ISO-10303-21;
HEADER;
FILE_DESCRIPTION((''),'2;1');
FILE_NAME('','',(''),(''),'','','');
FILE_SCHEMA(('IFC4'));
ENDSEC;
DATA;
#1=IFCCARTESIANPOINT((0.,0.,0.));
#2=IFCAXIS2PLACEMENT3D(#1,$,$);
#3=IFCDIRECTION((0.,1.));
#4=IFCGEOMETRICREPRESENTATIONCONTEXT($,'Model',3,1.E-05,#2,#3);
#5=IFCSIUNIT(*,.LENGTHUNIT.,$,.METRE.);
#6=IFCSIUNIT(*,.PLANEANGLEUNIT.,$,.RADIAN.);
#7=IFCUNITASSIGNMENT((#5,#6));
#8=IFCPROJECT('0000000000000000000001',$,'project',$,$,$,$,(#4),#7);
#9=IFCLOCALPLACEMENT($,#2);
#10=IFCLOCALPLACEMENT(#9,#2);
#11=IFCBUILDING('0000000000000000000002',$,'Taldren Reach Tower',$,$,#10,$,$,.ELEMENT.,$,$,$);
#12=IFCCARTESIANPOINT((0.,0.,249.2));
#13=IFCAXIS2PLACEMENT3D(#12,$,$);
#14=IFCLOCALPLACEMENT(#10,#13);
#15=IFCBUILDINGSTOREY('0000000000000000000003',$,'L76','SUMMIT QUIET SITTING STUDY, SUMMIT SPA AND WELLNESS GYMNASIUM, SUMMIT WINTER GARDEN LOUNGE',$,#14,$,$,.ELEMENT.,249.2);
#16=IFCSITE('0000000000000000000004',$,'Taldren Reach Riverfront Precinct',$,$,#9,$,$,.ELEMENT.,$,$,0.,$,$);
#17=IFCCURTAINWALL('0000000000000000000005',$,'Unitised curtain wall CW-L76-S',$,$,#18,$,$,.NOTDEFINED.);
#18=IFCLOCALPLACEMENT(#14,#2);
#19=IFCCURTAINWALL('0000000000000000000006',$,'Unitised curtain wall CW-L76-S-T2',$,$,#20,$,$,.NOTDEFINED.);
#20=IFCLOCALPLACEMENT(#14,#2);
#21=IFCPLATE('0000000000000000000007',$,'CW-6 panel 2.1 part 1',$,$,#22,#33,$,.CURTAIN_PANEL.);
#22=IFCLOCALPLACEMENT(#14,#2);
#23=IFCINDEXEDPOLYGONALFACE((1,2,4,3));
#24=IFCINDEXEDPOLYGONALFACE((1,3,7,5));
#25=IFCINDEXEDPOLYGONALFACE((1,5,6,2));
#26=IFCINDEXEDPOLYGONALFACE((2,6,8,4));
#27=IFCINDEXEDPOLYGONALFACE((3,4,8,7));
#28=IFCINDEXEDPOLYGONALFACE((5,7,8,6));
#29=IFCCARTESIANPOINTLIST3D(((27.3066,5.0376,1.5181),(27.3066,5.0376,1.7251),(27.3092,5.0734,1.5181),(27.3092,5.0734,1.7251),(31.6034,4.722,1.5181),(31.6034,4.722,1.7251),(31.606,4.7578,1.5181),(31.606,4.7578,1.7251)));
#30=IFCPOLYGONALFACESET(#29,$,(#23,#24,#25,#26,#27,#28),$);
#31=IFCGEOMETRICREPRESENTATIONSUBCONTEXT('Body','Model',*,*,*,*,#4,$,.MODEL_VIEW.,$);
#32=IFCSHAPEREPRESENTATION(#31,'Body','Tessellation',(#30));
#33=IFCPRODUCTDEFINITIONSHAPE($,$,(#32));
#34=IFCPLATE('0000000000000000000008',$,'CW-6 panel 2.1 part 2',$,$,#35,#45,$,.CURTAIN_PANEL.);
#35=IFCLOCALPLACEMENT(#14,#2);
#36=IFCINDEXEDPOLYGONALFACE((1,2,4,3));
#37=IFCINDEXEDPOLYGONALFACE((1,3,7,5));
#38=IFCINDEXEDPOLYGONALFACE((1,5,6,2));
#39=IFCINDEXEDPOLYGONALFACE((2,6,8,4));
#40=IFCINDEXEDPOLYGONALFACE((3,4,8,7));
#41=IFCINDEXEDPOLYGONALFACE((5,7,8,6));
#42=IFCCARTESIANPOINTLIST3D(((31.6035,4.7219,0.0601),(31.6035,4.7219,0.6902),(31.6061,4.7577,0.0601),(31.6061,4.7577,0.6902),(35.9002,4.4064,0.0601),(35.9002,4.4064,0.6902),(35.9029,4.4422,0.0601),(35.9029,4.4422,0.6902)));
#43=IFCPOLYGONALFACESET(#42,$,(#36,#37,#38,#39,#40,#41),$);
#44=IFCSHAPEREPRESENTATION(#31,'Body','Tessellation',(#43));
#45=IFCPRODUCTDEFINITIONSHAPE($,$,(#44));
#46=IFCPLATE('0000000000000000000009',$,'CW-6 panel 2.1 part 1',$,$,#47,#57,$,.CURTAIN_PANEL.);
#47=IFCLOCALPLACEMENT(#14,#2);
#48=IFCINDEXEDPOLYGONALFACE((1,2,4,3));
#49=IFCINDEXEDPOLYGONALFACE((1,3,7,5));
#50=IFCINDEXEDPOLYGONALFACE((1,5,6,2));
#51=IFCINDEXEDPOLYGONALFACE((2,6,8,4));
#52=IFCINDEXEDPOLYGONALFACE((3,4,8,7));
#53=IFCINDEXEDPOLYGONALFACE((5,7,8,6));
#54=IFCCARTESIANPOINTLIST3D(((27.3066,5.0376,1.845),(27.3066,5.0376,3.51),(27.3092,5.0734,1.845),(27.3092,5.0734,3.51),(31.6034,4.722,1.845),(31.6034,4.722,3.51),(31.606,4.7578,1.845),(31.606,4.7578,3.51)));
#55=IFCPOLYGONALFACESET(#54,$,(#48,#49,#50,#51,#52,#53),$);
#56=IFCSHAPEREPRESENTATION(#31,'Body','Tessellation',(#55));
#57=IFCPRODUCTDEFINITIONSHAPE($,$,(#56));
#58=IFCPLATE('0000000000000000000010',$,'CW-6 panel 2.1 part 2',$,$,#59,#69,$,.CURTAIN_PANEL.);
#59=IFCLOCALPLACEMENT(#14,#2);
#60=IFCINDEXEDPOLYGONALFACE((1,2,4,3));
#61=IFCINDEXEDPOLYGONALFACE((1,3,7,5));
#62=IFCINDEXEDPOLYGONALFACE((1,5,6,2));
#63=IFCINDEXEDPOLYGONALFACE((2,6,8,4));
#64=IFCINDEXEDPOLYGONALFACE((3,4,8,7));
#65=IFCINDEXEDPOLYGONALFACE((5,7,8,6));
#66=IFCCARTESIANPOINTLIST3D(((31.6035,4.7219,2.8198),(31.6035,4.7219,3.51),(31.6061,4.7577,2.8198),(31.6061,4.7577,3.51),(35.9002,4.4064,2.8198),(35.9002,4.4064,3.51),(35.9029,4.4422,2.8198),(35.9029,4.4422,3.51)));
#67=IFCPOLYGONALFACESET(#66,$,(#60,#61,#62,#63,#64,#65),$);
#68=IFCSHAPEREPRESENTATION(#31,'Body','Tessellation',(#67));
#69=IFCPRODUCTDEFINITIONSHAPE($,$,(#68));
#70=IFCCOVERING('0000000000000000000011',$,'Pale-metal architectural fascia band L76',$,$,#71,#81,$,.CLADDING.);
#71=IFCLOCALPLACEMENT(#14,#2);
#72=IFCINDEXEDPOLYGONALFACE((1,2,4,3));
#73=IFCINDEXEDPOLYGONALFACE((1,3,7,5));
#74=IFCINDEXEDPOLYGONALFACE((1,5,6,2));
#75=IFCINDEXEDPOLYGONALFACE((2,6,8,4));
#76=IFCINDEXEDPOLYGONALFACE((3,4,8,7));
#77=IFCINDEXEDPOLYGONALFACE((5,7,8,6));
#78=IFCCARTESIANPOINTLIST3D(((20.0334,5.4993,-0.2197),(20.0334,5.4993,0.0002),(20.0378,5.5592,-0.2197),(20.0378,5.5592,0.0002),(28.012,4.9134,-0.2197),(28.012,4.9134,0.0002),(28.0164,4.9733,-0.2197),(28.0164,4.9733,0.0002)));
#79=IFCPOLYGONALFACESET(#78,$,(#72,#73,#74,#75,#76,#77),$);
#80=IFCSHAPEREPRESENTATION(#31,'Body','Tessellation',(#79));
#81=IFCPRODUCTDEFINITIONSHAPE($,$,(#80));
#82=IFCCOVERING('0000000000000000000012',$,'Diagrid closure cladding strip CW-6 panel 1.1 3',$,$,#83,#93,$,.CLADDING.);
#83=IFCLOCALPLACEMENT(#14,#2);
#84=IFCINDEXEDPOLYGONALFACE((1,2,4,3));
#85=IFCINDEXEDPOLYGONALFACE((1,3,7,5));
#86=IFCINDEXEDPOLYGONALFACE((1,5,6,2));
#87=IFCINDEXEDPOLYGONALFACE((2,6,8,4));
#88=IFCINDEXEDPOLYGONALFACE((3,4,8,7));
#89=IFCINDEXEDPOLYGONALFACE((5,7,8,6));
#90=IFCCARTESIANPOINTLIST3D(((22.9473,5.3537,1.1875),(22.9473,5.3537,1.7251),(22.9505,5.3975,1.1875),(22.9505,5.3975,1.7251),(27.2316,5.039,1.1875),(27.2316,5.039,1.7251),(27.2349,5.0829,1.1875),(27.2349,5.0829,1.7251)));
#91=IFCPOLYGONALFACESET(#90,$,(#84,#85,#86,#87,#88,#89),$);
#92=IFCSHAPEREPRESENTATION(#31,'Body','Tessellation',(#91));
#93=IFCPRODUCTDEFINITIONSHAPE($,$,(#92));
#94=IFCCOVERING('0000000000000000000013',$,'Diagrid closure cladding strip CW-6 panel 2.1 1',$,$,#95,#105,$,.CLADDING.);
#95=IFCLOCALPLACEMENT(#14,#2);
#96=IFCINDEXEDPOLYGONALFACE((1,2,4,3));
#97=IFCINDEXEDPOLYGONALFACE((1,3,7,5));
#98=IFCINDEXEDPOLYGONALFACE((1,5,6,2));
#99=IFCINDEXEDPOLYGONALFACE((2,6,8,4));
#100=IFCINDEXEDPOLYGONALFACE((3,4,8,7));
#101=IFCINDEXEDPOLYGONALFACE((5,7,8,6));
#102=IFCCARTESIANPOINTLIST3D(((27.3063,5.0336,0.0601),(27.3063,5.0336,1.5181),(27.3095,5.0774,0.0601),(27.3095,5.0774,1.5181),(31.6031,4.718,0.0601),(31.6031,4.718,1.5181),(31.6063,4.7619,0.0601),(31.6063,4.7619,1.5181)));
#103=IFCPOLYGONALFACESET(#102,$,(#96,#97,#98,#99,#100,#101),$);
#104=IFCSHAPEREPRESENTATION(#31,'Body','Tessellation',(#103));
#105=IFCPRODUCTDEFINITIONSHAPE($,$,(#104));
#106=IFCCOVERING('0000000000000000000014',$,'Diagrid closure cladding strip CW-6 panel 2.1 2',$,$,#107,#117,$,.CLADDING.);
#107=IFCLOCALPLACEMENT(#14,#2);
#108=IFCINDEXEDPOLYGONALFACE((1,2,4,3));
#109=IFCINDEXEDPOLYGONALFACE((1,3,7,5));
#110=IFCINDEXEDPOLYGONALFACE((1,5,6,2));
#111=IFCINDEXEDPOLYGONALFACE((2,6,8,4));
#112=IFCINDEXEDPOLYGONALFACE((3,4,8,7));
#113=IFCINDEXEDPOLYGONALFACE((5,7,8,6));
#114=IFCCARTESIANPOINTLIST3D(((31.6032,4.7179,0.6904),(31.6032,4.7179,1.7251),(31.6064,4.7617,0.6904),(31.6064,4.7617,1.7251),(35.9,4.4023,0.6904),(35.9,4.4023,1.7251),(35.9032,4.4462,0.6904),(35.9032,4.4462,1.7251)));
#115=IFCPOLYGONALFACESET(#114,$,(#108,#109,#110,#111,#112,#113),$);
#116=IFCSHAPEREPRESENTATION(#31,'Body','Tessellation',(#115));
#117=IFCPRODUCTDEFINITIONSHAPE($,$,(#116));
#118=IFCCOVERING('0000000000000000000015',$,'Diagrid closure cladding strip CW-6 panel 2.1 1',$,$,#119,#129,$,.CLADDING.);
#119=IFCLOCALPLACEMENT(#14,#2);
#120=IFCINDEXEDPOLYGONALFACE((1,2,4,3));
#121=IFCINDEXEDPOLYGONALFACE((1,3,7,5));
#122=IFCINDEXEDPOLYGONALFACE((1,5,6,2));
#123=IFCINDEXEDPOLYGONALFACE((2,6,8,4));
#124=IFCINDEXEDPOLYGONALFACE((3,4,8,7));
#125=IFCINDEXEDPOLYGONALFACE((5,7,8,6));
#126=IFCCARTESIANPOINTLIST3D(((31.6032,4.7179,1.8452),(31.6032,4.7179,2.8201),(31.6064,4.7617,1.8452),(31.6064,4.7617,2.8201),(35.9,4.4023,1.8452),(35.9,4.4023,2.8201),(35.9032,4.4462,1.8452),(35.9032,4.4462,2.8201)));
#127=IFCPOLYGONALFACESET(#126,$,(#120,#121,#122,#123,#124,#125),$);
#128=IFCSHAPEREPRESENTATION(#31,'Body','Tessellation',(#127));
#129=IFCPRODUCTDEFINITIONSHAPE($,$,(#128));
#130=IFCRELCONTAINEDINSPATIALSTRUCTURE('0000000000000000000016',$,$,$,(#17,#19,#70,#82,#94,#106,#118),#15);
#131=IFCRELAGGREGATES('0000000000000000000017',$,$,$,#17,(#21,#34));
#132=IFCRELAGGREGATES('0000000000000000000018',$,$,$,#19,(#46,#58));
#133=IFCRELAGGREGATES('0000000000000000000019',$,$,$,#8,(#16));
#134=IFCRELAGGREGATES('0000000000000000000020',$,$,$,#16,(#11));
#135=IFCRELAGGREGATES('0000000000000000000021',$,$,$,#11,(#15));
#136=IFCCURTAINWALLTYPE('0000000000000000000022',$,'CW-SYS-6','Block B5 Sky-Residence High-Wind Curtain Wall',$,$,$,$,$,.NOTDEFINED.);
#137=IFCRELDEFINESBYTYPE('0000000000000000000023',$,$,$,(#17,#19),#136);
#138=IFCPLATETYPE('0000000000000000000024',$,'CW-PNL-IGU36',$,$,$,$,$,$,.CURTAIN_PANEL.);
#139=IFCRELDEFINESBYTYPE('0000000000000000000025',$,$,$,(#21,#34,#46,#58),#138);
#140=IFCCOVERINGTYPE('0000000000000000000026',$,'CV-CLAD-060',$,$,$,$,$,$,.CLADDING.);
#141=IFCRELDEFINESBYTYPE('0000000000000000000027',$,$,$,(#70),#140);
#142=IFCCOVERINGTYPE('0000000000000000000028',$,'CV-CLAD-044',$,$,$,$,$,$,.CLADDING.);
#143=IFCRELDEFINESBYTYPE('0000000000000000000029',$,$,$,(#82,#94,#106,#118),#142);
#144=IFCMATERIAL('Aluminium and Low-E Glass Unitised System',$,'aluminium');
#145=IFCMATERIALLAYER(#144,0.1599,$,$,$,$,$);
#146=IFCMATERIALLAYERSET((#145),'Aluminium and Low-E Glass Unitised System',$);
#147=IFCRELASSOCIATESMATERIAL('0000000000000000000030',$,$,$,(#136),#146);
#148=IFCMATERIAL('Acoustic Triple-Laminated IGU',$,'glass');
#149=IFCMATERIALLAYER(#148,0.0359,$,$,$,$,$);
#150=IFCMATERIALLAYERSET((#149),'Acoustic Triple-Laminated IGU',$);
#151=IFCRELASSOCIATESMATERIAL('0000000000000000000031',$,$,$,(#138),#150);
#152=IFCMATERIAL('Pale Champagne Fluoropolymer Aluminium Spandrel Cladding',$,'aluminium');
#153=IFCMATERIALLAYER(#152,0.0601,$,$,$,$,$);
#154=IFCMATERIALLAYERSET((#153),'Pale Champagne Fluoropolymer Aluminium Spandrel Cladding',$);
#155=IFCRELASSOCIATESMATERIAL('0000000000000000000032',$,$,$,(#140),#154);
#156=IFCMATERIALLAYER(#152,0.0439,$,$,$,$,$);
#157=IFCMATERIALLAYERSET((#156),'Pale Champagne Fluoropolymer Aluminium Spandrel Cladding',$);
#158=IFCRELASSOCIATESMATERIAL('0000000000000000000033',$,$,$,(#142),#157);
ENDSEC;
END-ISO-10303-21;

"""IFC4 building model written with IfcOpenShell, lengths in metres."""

from ifc_helpers import new_model, si_unit, direction, frame, origin, origin_2d, place, context, subcontext, project, spatial, rectangle, extrude, source, transform, mapped, material, layer, layer_set, type_object, element, aggregate, save


model = new_model("IFC4")

# Units and contexts
model_context = context("Model", 3, precision=1e-05, world=origin(), true_north=direction((0.0, 1.0)))
body_context = subcontext(model_context, "Body", "Model", "MODEL_VIEW")
ifc_project = project(units=[si_unit("LENGTHUNIT", "METRE"), si_unit("PLANEANGLEUNIT", "RADIAN")], contexts=[model_context])

# Site, building, storey
site_placement = place(None, origin())
site = spatial("IfcSite", under=ifc_project, at=site_placement, Name="Taldren Reach Riverfront Precinct", CompositionType="ELEMENT", RefElevation=0.0)
building_placement = place(site_placement, origin())
building = spatial("IfcBuilding", under=site, at=building_placement, Name="Taldren Reach Tower", CompositionType="ELEMENT")
storey_placement = place(building_placement, frame((0.0, 0.0, 249.2)))
storey = spatial("IfcBuildingStorey", under=building, at=storey_placement, Name="L76", Description="SUMMIT QUIET SITTING STUDY, SUMMIT SPA AND WELLNESS GYMNASIUM, SUMMIT WINTER GARDEN LOUNGE", CompositionType="ELEMENT", Elevation=249.2)

# Curtain walls
ifc_material_1 = material(Name="Aluminium and Low-E Glass Unitised System", Category="aluminium")
ifc_layer_1 = layer(ifc_material_1, 0.1599)
ifc_layer_set_1 = layer_set([ifc_layer_1], Name="Aluminium and Low-E Glass Unitised System")
curtain_wall_type = type_object("IfcCurtainWallType", Name="CW-SYS-6", Description="Block B5 Sky-Residence High-Wind Curtain Wall", PredefinedType="NOTDEFINED", material=ifc_layer_set_1)
curtain_wall_1_placement = place(storey_placement, origin())
curtain_wall_1 = element("IfcCurtainWall", 1, at=curtain_wall_1_placement, inside=storey, type_object=curtain_wall_type, Name="Unitised curtain wall CW-L76-S", PredefinedType="NOTDEFINED")
curtain_wall_2_placement = place(storey_placement, origin())
curtain_wall_2 = element("IfcCurtainWall", 2, at=curtain_wall_2_placement, inside=storey, type_object=curtain_wall_type, Name="Unitised curtain wall CW-L76-S-T2", PredefinedType="NOTDEFINED")

# Plates
ifc_material_2 = material(Name="Acoustic Triple-Laminated IGU", Category="glass")
ifc_layer_2 = layer(ifc_material_2, 0.0359)
ifc_layer_set_2 = layer_set([ifc_layer_2], Name="Acoustic Triple-Laminated IGU")
plate_type_1 = type_object("IfcPlateType", Name="CW-PNL-IGU36", PredefinedType="CURTAIN_PANEL", material=ifc_layer_set_2)
shared_shape_1 = source(origin(), body_context, "Body", "SweptSolid", [
    extrude(rectangle(XDim=4.3083, YDim=0.0359, at=origin_2d()), origin(), (0.0, 0.0, 1.0), 0.207),
])
plate_1_placement = place(storey_placement, frame((29.4563, 4.8977, 1.5181), z_axis=(0.0, 0.0, 1.0), x_axis=(0.997314, -0.073238, 0.0)))
plate_1 = element("IfcPlate", 3, at=plate_1_placement, type_object=plate_type_1, Name="CW-6 panel 2.1 part 1", PredefinedType="CURTAIN_PANEL", context=body_context, shape_type="MappedRepresentation", body=[
    mapped(shared_shape_1, transform((0.0, 0.0, 0.0), scale=1.0)),
])
shared_shape_2 = source(origin(), body_context, "Body", "SweptSolid", [
    extrude(rectangle(XDim=4.3083, YDim=0.0359, at=origin_2d()), origin(), (0.0, 0.0, 1.0), 0.6301),
])
plate_2_placement = place(storey_placement, frame((33.7532, 4.582, 0.0601), z_axis=(0.0, 0.0, 1.0), x_axis=(0.997314, -0.073238, 0.0)))
plate_2 = element("IfcPlate", 4, at=plate_2_placement, type_object=plate_type_1, Name="CW-6 panel 2.1 part 2", PredefinedType="CURTAIN_PANEL", context=body_context, shape_type="MappedRepresentation", body=[
    mapped(shared_shape_2, transform((0.0, 0.0, 0.0), scale=1.0)),
])
aggregate(curtain_wall_1, [plate_1, plate_2])
shared_shape_3 = source(origin(), body_context, "Body", "SweptSolid", [
    extrude(rectangle(XDim=4.3083, YDim=0.0359, at=origin_2d()), origin(), (0.0, 0.0, 1.0), 1.665),
])
plate_3_placement = place(storey_placement, frame((29.4563, 4.8977, 1.845), z_axis=(0.0, 0.0, 1.0), x_axis=(0.997314, -0.073238, 0.0)))
plate_3 = element("IfcPlate", 5, at=plate_3_placement, type_object=plate_type_1, Name="CW-6 panel 2.1 part 1", PredefinedType="CURTAIN_PANEL", context=body_context, shape_type="MappedRepresentation", body=[
    mapped(shared_shape_3, transform((0.0, 0.0, 0.0), scale=1.0)),
])
shared_shape_4 = source(origin(), body_context, "Body", "SweptSolid", [
    extrude(rectangle(XDim=4.3083, YDim=0.0359, at=origin_2d()), origin(), (0.0, 0.0, 1.0), 0.6902),
])
plate_4_placement = place(storey_placement, frame((33.7532, 4.582, 2.8198), z_axis=(0.0, 0.0, 1.0), x_axis=(0.997314, -0.073238, 0.0)))
plate_4 = element("IfcPlate", 6, at=plate_4_placement, type_object=plate_type_1, Name="CW-6 panel 2.1 part 2", PredefinedType="CURTAIN_PANEL", context=body_context, shape_type="MappedRepresentation", body=[
    mapped(shared_shape_4, transform((0.0, 0.0, 0.0), scale=1.0)),
])
aggregate(curtain_wall_2, [plate_3, plate_4])

# Coverings
ifc_material_3 = material(Name="Pale Champagne Fluoropolymer Aluminium Spandrel Cladding", Category="aluminium")
ifc_layer_3 = layer(ifc_material_3, 0.0601)
ifc_layer_set_3 = layer_set([ifc_layer_3], Name="Pale Champagne Fluoropolymer Aluminium Spandrel Cladding")
covering_type_1 = type_object("IfcCoveringType", Name="CV-CLAD-060", PredefinedType="CLADDING", material=ifc_layer_set_3)
shared_shape_5 = source(origin(), body_context, "Body", "SweptSolid", [
    extrude(rectangle(XDim=8.0, YDim=0.0601, at=origin_2d()), origin(), (0.0, 0.0, 1.0), 0.22),
])
covering_1_placement = place(storey_placement, frame((24.0249, 5.2363, -0.2197), z_axis=(0.0, 0.0, 1.0), x_axis=(0.997314, -0.073238, 0.0)))
element("IfcCovering", 7, at=covering_1_placement, inside=storey, type_object=covering_type_1, Name="Pale-metal architectural fascia band L76", PredefinedType="CLADDING", context=body_context, shape_type="MappedRepresentation", body=[
    mapped(shared_shape_5, transform((0.0, 0.0, 0.0), scale=1.0)),
])
ifc_layer_4 = layer(ifc_material_3, 0.0439)
ifc_layer_set_4 = layer_set([ifc_layer_4], Name="Pale Champagne Fluoropolymer Aluminium Spandrel Cladding")
covering_type_2 = type_object("IfcCoveringType", Name="CV-CLAD-044", PredefinedType="CLADDING", material=ifc_layer_set_4)
shared_shape_6 = source(origin(), body_context, "Body", "SweptSolid", [
    extrude(rectangle(XDim=4.2959, YDim=0.0439, at=origin_2d()), origin(), (0.0, 0.0, 1.0), 0.5376),
])
covering_2_placement = place(storey_placement, frame((25.0911, 5.2183, 1.1875), z_axis=(0.0, 0.0, 1.0), x_axis=(0.997314, -0.073238, 0.0)))
element("IfcCovering", 8, at=covering_2_placement, inside=storey, type_object=covering_type_2, Name="Diagrid closure cladding strip CW-6 panel 1.1 3", PredefinedType="CLADDING", context=body_context, shape_type="MappedRepresentation", body=[
    mapped(shared_shape_6, transform((0.0, 0.0, 0.0), scale=1.0)),
])
shared_shape_7 = source(origin(), body_context, "Body", "SweptSolid", [
    extrude(rectangle(XDim=4.3083, YDim=0.0439, at=origin_2d()), origin(), (0.0, 0.0, 1.0), 1.458),
])
covering_3_placement = place(storey_placement, frame((29.4563, 4.8977, 0.0601), z_axis=(0.0, 0.0, 1.0), x_axis=(0.997314, -0.073238, 0.0)))
element("IfcCovering", 9, at=covering_3_placement, inside=storey, type_object=covering_type_2, Name="Diagrid closure cladding strip CW-6 panel 2.1 1", PredefinedType="CLADDING", context=body_context, shape_type="MappedRepresentation", body=[
    mapped(shared_shape_7, transform((0.0, 0.0, 0.0), scale=1.0)),
])
shared_shape_8 = source(origin(), body_context, "Body", "SweptSolid", [
    extrude(rectangle(XDim=4.3083, YDim=0.0439, at=origin_2d()), origin(), (0.0, 0.0, 1.0), 1.0347),
])
covering_4_placement = place(storey_placement, frame((33.7532, 4.582, 0.6904), z_axis=(0.0, 0.0, 1.0), x_axis=(0.997314, -0.073238, 0.0)))
element("IfcCovering", 10, at=covering_4_placement, inside=storey, type_object=covering_type_2, Name="Diagrid closure cladding strip CW-6 panel 2.1 2", PredefinedType="CLADDING", context=body_context, shape_type="MappedRepresentation", body=[
    mapped(shared_shape_8, transform((0.0, 0.0, 0.0), scale=1.0)),
])
shared_shape_9 = source(origin(), body_context, "Body", "SweptSolid", [
    extrude(rectangle(XDim=4.3083, YDim=0.0439, at=origin_2d()), origin(), (0.0, 0.0, 1.0), 0.9749),
])
covering_5_placement = place(storey_placement, frame((33.7532, 4.582, 1.8452), z_axis=(0.0, 0.0, 1.0), x_axis=(0.997314, -0.073238, 0.0)))
element("IfcCovering", 11, at=covering_5_placement, inside=storey, type_object=covering_type_2, Name="Diagrid closure cladding strip CW-6 panel 2.1 1", PredefinedType="CLADDING", context=body_context, shape_type="MappedRepresentation", body=[
    mapped(shared_shape_9, transform((0.0, 0.0, 0.0), scale=1.0)),
])

save(model, "model.ifc")
